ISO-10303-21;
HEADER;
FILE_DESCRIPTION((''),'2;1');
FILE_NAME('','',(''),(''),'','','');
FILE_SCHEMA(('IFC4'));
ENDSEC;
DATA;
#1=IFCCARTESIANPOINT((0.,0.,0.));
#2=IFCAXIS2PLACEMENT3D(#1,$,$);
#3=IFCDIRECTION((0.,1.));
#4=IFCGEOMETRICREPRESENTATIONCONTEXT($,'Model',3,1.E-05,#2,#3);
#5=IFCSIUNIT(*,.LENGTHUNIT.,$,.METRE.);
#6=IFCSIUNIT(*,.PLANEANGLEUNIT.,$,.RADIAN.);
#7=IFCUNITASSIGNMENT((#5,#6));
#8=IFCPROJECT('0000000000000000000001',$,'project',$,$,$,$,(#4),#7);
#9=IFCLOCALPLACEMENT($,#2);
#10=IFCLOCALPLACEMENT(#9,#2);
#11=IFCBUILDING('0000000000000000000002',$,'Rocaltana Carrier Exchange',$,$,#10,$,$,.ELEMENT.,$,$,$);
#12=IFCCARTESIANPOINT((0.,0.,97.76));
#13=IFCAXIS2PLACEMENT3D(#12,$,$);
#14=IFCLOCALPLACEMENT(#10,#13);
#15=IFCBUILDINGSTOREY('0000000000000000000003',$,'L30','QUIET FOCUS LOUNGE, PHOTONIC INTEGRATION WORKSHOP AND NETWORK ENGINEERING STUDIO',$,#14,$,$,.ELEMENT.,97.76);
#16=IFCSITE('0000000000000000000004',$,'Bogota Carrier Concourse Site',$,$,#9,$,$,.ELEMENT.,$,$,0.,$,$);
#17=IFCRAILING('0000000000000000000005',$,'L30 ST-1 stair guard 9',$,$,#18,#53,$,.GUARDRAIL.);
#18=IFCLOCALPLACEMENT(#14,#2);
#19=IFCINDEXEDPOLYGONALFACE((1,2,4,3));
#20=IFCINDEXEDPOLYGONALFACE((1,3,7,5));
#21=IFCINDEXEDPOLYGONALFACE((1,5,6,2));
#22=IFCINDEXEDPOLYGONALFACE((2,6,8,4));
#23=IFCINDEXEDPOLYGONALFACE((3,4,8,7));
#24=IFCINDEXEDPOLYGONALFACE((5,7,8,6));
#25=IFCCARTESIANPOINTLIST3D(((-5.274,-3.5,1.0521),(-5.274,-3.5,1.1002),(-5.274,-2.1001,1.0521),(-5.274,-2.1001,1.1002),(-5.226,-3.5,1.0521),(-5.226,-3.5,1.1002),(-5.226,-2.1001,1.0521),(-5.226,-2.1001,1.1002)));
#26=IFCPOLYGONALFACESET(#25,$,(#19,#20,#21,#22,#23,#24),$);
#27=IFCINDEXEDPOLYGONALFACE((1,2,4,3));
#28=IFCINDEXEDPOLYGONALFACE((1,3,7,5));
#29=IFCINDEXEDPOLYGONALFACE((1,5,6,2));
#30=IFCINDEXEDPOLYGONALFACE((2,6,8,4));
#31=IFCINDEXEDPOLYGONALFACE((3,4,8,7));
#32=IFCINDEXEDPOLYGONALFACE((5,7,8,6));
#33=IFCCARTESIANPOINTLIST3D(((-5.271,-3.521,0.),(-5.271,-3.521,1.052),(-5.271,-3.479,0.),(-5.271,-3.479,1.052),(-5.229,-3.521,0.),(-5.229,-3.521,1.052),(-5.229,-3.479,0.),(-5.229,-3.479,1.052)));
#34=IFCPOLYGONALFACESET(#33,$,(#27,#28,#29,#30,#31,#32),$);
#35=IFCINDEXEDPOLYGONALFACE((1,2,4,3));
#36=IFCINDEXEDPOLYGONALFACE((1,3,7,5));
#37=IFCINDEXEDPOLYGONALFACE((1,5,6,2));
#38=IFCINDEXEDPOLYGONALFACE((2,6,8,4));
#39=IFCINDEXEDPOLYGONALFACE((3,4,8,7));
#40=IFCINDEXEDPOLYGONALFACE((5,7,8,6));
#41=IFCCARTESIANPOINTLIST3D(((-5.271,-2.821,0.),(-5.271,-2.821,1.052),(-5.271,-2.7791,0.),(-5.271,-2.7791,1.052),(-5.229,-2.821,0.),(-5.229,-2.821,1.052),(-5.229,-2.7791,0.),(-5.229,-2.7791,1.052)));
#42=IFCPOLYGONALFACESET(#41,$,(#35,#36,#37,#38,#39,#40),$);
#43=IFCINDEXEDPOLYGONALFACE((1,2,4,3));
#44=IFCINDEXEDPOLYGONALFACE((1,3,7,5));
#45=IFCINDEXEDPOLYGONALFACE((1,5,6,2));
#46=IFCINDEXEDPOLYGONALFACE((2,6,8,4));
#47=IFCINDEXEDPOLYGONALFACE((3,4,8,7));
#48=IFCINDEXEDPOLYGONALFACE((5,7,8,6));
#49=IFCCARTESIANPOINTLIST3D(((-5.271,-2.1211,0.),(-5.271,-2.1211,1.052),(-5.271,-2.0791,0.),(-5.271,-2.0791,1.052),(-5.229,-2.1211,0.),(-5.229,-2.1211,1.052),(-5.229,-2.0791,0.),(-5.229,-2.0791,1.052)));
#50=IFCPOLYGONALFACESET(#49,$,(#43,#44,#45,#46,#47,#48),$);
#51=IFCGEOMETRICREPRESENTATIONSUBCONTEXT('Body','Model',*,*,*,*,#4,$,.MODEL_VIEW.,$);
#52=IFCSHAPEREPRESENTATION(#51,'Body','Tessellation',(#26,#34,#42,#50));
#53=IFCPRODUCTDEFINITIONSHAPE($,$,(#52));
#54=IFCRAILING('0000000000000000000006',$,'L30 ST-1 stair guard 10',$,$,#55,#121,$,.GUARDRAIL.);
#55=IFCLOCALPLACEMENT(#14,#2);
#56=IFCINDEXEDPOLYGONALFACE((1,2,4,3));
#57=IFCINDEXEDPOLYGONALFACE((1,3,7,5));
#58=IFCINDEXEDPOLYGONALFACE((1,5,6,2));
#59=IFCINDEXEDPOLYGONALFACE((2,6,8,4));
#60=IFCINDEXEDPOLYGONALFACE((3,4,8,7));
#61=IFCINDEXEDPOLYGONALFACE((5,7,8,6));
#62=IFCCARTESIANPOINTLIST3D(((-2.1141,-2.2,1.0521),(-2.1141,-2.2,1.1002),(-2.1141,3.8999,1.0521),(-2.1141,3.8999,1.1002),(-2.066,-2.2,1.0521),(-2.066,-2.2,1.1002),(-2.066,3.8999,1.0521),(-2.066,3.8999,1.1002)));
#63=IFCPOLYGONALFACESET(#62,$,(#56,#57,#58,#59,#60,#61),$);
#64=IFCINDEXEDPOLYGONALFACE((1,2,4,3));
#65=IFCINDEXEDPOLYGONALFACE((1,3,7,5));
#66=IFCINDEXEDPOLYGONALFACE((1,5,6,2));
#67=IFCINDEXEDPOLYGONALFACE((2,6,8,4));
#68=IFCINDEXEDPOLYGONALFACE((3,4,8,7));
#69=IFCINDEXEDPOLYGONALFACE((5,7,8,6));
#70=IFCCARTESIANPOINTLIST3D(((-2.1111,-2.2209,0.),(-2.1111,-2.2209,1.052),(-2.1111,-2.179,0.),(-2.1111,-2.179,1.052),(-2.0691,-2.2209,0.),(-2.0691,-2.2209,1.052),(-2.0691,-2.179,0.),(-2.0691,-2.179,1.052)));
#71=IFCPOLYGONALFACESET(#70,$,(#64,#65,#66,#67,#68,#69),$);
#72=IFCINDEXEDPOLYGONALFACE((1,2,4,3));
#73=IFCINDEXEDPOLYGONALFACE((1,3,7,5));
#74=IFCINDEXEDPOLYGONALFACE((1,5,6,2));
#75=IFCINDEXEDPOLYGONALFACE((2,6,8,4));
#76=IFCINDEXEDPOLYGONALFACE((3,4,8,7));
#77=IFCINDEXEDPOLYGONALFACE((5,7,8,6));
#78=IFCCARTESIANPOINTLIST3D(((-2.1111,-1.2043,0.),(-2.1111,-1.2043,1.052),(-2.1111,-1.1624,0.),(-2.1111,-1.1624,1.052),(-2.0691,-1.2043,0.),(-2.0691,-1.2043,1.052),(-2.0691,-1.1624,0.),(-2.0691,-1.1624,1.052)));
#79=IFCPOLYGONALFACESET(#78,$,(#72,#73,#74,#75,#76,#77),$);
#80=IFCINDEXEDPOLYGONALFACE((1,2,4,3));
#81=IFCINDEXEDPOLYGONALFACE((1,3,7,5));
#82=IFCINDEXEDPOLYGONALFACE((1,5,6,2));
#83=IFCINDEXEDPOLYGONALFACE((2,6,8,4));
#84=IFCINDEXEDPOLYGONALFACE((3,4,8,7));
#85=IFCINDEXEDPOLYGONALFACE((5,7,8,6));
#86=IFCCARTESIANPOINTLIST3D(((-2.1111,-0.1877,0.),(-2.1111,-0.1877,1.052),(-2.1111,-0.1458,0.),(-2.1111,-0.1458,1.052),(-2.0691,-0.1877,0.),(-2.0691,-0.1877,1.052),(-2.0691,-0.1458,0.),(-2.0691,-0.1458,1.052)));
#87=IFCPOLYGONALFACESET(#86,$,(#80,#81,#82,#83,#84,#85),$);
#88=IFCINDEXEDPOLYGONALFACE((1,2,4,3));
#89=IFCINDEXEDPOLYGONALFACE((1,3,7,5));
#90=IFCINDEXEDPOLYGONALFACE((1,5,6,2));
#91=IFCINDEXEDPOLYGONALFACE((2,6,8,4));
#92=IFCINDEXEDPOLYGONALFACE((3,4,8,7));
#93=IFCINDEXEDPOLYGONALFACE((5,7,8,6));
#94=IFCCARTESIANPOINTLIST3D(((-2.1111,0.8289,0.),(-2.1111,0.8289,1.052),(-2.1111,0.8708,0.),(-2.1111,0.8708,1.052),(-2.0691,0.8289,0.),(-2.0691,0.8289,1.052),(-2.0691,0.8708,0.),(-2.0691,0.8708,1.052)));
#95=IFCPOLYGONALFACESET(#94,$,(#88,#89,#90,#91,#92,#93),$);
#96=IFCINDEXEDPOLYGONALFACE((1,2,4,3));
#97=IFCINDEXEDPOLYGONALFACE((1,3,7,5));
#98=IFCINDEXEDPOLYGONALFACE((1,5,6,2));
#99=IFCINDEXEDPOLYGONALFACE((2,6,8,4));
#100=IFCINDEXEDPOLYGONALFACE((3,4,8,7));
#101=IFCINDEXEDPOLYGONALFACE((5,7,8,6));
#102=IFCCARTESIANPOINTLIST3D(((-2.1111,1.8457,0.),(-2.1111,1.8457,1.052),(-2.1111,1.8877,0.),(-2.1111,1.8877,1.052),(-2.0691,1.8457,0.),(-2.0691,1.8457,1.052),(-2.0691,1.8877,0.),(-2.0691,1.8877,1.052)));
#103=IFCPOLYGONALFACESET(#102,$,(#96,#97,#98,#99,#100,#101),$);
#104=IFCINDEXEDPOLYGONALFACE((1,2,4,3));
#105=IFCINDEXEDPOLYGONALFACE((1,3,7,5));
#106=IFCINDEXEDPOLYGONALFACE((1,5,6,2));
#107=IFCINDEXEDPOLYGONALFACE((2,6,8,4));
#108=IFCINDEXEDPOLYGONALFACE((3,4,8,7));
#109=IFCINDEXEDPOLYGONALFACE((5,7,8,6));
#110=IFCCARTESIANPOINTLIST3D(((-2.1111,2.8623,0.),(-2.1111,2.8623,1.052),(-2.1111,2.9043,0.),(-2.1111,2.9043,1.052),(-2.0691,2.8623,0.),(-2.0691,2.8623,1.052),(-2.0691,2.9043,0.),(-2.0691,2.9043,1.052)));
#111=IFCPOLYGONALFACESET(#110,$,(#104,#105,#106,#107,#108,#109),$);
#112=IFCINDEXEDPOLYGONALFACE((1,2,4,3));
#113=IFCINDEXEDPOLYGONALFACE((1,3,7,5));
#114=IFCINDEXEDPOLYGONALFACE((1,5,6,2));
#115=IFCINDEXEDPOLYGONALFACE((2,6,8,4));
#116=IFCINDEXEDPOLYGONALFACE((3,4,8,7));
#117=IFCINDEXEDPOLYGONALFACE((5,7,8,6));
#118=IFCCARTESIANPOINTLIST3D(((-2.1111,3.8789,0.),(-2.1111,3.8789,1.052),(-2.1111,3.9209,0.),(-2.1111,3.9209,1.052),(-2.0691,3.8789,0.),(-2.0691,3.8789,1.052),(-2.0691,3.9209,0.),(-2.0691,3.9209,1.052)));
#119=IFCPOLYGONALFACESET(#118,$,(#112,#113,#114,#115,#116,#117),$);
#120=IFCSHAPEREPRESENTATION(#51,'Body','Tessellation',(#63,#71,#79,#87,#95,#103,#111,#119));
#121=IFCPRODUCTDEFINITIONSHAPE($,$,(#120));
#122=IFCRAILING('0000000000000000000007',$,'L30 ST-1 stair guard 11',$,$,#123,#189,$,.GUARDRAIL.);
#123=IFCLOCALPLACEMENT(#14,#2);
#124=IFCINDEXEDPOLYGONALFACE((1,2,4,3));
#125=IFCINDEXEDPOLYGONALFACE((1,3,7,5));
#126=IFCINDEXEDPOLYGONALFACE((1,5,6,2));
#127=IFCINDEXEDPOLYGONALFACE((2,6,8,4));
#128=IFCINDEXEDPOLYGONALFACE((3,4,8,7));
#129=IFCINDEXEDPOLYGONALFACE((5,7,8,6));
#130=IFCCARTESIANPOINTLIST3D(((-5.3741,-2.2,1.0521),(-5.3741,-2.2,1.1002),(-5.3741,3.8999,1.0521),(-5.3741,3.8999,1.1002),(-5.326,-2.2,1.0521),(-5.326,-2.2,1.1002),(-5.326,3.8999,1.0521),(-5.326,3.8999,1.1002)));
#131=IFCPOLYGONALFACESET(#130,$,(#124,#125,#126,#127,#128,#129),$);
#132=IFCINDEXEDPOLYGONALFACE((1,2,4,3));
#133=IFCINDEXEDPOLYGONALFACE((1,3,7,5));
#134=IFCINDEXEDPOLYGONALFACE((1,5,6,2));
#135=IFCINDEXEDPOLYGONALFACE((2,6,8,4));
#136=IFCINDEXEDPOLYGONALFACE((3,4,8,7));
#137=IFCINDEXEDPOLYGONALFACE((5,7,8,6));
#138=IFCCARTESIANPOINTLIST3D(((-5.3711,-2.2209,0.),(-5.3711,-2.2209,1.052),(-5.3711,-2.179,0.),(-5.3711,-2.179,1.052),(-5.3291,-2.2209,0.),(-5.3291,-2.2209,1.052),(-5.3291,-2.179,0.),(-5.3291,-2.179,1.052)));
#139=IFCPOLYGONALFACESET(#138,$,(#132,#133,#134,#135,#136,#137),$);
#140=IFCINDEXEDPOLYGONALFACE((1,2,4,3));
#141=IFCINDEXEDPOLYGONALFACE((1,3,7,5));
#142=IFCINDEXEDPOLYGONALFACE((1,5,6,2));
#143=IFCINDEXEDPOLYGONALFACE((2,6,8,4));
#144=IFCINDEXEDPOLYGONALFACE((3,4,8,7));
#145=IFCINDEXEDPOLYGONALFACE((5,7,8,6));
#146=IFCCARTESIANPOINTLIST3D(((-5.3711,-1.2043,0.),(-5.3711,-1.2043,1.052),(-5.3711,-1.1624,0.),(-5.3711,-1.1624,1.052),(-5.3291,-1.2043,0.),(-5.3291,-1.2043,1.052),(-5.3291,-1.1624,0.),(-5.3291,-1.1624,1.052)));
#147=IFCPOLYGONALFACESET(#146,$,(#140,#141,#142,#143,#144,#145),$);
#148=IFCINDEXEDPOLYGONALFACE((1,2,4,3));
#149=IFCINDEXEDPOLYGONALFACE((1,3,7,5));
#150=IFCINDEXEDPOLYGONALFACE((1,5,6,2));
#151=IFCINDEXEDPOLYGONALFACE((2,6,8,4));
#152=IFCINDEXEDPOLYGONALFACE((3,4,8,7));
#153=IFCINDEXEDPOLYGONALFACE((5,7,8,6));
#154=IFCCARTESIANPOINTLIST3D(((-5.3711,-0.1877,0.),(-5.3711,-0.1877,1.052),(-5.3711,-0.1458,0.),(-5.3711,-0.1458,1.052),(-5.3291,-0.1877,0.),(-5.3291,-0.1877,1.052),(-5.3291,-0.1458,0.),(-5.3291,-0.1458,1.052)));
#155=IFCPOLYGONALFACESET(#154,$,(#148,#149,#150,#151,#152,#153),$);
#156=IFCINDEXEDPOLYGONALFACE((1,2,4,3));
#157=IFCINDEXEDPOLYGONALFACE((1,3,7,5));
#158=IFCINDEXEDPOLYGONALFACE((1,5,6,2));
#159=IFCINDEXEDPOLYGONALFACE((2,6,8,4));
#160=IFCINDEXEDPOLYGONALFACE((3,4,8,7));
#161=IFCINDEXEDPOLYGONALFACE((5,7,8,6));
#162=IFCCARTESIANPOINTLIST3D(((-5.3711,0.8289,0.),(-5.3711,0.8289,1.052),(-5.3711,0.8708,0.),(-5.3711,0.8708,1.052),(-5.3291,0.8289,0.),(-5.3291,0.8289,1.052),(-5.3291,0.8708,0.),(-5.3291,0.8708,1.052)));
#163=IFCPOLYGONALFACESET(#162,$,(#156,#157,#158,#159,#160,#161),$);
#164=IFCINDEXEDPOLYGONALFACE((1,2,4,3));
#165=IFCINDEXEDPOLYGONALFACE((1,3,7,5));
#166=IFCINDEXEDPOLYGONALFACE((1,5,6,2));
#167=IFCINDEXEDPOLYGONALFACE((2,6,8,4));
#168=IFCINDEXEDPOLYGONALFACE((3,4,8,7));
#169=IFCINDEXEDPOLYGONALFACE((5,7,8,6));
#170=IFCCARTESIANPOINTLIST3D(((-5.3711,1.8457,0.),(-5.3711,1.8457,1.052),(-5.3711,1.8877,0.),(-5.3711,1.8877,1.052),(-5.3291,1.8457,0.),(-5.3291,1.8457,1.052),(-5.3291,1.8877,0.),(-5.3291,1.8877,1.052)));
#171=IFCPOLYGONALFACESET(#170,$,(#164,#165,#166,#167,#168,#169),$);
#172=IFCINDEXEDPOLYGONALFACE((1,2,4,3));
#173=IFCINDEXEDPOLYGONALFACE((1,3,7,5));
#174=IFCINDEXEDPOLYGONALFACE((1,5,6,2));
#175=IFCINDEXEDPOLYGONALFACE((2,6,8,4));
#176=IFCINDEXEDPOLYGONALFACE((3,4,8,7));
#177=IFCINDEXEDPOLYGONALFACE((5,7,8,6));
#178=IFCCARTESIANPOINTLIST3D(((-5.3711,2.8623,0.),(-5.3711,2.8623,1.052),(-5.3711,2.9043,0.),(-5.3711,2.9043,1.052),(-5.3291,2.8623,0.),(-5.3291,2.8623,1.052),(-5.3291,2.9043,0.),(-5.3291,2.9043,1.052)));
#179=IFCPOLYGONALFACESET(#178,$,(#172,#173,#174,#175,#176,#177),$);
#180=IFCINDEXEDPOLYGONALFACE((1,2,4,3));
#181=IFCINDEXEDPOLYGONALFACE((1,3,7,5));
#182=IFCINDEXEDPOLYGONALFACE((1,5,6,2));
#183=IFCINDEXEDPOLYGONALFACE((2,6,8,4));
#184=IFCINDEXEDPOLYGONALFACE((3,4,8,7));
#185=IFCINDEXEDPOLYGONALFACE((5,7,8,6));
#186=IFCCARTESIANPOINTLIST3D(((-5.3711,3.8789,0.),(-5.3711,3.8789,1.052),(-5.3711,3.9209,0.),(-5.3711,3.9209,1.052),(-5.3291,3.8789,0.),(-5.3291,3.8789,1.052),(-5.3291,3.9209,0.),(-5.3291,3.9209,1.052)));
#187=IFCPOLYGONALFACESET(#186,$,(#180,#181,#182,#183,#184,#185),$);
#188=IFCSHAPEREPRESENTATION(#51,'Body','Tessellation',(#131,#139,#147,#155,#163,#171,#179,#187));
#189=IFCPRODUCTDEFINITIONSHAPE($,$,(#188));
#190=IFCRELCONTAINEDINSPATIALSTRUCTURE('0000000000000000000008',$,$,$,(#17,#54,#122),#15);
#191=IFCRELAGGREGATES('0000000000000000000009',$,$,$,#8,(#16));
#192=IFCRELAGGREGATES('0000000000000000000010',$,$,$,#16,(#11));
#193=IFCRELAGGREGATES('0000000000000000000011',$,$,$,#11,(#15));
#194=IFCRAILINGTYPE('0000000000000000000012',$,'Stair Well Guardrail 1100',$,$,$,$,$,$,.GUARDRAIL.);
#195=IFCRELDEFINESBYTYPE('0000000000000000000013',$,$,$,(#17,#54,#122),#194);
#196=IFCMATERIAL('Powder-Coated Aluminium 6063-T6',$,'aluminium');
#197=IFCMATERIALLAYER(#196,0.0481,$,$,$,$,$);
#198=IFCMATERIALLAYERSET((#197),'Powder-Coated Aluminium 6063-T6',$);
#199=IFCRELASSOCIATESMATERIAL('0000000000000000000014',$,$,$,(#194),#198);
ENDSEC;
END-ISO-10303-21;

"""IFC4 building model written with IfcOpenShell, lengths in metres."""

from ifc_helpers import new_model, si_unit, direction, frame, origin, origin_2d, place, context, subcontext, project, spatial, rectangle, extrude, material, layer, layer_set, type_object, element, save


model = new_model("IFC4")

# Units and contexts
model_context = context("Model", 3, precision=1e-05, world=origin(), true_north=direction((0.0, 1.0)))
body_context = subcontext(model_context, "Body", "Model", "MODEL_VIEW")
ifc_project = project(units=[si_unit("LENGTHUNIT", "METRE"), si_unit("PLANEANGLEUNIT", "RADIAN")], contexts=[model_context])

# Site, building, storey
site_placement = place(None, origin())
site = spatial("IfcSite", under=ifc_project, at=site_placement, Name="Bogota Carrier Concourse Site", CompositionType="ELEMENT", RefElevation=0.0)
building_placement = place(site_placement, origin())
building = spatial("IfcBuilding", under=site, at=building_placement, Name="Rocaltana Carrier Exchange", CompositionType="ELEMENT")
storey_placement = place(building_placement, frame((0.0, 0.0, 97.76)))
storey = spatial("IfcBuildingStorey", under=building, at=storey_placement, Name="L30", Description="QUIET FOCUS LOUNGE, PHOTONIC INTEGRATION WORKSHOP AND NETWORK ENGINEERING STUDIO", CompositionType="ELEMENT", Elevation=97.76)

# Railings
ifc_material_1 = material(Name="Powder-Coated Aluminium 6063-T6", Category="aluminium")
ifc_layer_1 = layer(ifc_material_1, 0.0481)
ifc_layer_set_1 = layer_set([ifc_layer_1], Name="Powder-Coated Aluminium 6063-T6")
railing_type_1 = type_object("IfcRailingType", Name="Stair Well Guardrail 1100", PredefinedType="GUARDRAIL", material=ifc_layer_set_1)
for number, where, name in (
    (1, (-5.25, -3.5, 0.0), "L30 ST-1 stair guard 9"),
):
    element("IfcRailing", number, at=place(storey_placement, frame(where)), inside=storey, type_object=railing_type_1, Name=name, PredefinedType="GUARDRAIL", context=body_context, shape_type="SweptSolid", body=[
        extrude(rectangle(XDim=0.0481, YDim=0.0481, at=origin_2d()), frame((0.0, 0.0, 1.0762), z_axis=(0.0, 1.0, 0.0), x_axis=(-1.0, 0.0, 0.0)), (0.0, 0.0, 1.0), 1.3999),
        extrude(rectangle(XDim=0.042, YDim=0.042, at=origin_2d()), origin(), (0.0, 0.0, 1.0), 1.052),
        extrude(rectangle(XDim=0.042, YDim=0.042, at=origin_2d()), frame((0.0, 0.7, 0.0)), (0.0, 0.0, 1.0), 1.052),
        extrude(rectangle(XDim=0.042, YDim=0.042, at=origin_2d()), frame((0.0, 1.3999, 0.0)), (0.0, 0.0, 1.0), 1.052),
    ])
for number, where, name in (
    (2, (-2.0901, -2.2, 0.0), "L30 ST-1 stair guard 10"),
    (3, (-5.3501, -2.2, 0.0), "L30 ST-1 stair guard 11"),
):
    element("IfcRailing", number, at=place(storey_placement, frame(where)), inside=storey, type_object=railing_type_1, Name=name, PredefinedType="GUARDRAIL", context=body_context, shape_type="SweptSolid", body=[
        extrude(rectangle(XDim=0.0481, YDim=0.0481, at=origin_2d()), frame((0.0, 0.0, 1.0762), z_axis=(0.0, 1.0, 0.0), x_axis=(-1.0, 0.0, 0.0)), (0.0, 0.0, 1.0), 6.0999),
        extrude(rectangle(XDim=0.042, YDim=0.042, at=origin_2d()), origin(), (0.0, 0.0, 1.0), 1.052),
        extrude(rectangle(XDim=0.042, YDim=0.042, at=origin_2d()), frame((0.0, 1.0166, 0.0)), (0.0, 0.0, 1.0), 1.052),
        extrude(rectangle(XDim=0.042, YDim=0.042, at=origin_2d()), frame((0.0, 2.0332, 0.0)), (0.0, 0.0, 1.0), 1.052),
        extrude(rectangle(XDim=0.042, YDim=0.042, at=origin_2d()), frame((0.0, 3.0498, 0.0)), (0.0, 0.0, 1.0), 1.052),
        extrude(rectangle(XDim=0.042, YDim=0.042, at=origin_2d()), frame((0.0, 4.0667, 0.0)), (0.0, 0.0, 1.0), 1.052),
        extrude(rectangle(XDim=0.042, YDim=0.042, at=origin_2d()), frame((0.0, 5.0833, 0.0)), (0.0, 0.0, 1.0), 1.052),
        extrude(rectangle(XDim=0.042, YDim=0.042, at=origin_2d()), frame((0.0, 6.0999, 0.0)), (0.0, 0.0, 1.0), 1.052),
    ])

save(model, "model.ifc")
